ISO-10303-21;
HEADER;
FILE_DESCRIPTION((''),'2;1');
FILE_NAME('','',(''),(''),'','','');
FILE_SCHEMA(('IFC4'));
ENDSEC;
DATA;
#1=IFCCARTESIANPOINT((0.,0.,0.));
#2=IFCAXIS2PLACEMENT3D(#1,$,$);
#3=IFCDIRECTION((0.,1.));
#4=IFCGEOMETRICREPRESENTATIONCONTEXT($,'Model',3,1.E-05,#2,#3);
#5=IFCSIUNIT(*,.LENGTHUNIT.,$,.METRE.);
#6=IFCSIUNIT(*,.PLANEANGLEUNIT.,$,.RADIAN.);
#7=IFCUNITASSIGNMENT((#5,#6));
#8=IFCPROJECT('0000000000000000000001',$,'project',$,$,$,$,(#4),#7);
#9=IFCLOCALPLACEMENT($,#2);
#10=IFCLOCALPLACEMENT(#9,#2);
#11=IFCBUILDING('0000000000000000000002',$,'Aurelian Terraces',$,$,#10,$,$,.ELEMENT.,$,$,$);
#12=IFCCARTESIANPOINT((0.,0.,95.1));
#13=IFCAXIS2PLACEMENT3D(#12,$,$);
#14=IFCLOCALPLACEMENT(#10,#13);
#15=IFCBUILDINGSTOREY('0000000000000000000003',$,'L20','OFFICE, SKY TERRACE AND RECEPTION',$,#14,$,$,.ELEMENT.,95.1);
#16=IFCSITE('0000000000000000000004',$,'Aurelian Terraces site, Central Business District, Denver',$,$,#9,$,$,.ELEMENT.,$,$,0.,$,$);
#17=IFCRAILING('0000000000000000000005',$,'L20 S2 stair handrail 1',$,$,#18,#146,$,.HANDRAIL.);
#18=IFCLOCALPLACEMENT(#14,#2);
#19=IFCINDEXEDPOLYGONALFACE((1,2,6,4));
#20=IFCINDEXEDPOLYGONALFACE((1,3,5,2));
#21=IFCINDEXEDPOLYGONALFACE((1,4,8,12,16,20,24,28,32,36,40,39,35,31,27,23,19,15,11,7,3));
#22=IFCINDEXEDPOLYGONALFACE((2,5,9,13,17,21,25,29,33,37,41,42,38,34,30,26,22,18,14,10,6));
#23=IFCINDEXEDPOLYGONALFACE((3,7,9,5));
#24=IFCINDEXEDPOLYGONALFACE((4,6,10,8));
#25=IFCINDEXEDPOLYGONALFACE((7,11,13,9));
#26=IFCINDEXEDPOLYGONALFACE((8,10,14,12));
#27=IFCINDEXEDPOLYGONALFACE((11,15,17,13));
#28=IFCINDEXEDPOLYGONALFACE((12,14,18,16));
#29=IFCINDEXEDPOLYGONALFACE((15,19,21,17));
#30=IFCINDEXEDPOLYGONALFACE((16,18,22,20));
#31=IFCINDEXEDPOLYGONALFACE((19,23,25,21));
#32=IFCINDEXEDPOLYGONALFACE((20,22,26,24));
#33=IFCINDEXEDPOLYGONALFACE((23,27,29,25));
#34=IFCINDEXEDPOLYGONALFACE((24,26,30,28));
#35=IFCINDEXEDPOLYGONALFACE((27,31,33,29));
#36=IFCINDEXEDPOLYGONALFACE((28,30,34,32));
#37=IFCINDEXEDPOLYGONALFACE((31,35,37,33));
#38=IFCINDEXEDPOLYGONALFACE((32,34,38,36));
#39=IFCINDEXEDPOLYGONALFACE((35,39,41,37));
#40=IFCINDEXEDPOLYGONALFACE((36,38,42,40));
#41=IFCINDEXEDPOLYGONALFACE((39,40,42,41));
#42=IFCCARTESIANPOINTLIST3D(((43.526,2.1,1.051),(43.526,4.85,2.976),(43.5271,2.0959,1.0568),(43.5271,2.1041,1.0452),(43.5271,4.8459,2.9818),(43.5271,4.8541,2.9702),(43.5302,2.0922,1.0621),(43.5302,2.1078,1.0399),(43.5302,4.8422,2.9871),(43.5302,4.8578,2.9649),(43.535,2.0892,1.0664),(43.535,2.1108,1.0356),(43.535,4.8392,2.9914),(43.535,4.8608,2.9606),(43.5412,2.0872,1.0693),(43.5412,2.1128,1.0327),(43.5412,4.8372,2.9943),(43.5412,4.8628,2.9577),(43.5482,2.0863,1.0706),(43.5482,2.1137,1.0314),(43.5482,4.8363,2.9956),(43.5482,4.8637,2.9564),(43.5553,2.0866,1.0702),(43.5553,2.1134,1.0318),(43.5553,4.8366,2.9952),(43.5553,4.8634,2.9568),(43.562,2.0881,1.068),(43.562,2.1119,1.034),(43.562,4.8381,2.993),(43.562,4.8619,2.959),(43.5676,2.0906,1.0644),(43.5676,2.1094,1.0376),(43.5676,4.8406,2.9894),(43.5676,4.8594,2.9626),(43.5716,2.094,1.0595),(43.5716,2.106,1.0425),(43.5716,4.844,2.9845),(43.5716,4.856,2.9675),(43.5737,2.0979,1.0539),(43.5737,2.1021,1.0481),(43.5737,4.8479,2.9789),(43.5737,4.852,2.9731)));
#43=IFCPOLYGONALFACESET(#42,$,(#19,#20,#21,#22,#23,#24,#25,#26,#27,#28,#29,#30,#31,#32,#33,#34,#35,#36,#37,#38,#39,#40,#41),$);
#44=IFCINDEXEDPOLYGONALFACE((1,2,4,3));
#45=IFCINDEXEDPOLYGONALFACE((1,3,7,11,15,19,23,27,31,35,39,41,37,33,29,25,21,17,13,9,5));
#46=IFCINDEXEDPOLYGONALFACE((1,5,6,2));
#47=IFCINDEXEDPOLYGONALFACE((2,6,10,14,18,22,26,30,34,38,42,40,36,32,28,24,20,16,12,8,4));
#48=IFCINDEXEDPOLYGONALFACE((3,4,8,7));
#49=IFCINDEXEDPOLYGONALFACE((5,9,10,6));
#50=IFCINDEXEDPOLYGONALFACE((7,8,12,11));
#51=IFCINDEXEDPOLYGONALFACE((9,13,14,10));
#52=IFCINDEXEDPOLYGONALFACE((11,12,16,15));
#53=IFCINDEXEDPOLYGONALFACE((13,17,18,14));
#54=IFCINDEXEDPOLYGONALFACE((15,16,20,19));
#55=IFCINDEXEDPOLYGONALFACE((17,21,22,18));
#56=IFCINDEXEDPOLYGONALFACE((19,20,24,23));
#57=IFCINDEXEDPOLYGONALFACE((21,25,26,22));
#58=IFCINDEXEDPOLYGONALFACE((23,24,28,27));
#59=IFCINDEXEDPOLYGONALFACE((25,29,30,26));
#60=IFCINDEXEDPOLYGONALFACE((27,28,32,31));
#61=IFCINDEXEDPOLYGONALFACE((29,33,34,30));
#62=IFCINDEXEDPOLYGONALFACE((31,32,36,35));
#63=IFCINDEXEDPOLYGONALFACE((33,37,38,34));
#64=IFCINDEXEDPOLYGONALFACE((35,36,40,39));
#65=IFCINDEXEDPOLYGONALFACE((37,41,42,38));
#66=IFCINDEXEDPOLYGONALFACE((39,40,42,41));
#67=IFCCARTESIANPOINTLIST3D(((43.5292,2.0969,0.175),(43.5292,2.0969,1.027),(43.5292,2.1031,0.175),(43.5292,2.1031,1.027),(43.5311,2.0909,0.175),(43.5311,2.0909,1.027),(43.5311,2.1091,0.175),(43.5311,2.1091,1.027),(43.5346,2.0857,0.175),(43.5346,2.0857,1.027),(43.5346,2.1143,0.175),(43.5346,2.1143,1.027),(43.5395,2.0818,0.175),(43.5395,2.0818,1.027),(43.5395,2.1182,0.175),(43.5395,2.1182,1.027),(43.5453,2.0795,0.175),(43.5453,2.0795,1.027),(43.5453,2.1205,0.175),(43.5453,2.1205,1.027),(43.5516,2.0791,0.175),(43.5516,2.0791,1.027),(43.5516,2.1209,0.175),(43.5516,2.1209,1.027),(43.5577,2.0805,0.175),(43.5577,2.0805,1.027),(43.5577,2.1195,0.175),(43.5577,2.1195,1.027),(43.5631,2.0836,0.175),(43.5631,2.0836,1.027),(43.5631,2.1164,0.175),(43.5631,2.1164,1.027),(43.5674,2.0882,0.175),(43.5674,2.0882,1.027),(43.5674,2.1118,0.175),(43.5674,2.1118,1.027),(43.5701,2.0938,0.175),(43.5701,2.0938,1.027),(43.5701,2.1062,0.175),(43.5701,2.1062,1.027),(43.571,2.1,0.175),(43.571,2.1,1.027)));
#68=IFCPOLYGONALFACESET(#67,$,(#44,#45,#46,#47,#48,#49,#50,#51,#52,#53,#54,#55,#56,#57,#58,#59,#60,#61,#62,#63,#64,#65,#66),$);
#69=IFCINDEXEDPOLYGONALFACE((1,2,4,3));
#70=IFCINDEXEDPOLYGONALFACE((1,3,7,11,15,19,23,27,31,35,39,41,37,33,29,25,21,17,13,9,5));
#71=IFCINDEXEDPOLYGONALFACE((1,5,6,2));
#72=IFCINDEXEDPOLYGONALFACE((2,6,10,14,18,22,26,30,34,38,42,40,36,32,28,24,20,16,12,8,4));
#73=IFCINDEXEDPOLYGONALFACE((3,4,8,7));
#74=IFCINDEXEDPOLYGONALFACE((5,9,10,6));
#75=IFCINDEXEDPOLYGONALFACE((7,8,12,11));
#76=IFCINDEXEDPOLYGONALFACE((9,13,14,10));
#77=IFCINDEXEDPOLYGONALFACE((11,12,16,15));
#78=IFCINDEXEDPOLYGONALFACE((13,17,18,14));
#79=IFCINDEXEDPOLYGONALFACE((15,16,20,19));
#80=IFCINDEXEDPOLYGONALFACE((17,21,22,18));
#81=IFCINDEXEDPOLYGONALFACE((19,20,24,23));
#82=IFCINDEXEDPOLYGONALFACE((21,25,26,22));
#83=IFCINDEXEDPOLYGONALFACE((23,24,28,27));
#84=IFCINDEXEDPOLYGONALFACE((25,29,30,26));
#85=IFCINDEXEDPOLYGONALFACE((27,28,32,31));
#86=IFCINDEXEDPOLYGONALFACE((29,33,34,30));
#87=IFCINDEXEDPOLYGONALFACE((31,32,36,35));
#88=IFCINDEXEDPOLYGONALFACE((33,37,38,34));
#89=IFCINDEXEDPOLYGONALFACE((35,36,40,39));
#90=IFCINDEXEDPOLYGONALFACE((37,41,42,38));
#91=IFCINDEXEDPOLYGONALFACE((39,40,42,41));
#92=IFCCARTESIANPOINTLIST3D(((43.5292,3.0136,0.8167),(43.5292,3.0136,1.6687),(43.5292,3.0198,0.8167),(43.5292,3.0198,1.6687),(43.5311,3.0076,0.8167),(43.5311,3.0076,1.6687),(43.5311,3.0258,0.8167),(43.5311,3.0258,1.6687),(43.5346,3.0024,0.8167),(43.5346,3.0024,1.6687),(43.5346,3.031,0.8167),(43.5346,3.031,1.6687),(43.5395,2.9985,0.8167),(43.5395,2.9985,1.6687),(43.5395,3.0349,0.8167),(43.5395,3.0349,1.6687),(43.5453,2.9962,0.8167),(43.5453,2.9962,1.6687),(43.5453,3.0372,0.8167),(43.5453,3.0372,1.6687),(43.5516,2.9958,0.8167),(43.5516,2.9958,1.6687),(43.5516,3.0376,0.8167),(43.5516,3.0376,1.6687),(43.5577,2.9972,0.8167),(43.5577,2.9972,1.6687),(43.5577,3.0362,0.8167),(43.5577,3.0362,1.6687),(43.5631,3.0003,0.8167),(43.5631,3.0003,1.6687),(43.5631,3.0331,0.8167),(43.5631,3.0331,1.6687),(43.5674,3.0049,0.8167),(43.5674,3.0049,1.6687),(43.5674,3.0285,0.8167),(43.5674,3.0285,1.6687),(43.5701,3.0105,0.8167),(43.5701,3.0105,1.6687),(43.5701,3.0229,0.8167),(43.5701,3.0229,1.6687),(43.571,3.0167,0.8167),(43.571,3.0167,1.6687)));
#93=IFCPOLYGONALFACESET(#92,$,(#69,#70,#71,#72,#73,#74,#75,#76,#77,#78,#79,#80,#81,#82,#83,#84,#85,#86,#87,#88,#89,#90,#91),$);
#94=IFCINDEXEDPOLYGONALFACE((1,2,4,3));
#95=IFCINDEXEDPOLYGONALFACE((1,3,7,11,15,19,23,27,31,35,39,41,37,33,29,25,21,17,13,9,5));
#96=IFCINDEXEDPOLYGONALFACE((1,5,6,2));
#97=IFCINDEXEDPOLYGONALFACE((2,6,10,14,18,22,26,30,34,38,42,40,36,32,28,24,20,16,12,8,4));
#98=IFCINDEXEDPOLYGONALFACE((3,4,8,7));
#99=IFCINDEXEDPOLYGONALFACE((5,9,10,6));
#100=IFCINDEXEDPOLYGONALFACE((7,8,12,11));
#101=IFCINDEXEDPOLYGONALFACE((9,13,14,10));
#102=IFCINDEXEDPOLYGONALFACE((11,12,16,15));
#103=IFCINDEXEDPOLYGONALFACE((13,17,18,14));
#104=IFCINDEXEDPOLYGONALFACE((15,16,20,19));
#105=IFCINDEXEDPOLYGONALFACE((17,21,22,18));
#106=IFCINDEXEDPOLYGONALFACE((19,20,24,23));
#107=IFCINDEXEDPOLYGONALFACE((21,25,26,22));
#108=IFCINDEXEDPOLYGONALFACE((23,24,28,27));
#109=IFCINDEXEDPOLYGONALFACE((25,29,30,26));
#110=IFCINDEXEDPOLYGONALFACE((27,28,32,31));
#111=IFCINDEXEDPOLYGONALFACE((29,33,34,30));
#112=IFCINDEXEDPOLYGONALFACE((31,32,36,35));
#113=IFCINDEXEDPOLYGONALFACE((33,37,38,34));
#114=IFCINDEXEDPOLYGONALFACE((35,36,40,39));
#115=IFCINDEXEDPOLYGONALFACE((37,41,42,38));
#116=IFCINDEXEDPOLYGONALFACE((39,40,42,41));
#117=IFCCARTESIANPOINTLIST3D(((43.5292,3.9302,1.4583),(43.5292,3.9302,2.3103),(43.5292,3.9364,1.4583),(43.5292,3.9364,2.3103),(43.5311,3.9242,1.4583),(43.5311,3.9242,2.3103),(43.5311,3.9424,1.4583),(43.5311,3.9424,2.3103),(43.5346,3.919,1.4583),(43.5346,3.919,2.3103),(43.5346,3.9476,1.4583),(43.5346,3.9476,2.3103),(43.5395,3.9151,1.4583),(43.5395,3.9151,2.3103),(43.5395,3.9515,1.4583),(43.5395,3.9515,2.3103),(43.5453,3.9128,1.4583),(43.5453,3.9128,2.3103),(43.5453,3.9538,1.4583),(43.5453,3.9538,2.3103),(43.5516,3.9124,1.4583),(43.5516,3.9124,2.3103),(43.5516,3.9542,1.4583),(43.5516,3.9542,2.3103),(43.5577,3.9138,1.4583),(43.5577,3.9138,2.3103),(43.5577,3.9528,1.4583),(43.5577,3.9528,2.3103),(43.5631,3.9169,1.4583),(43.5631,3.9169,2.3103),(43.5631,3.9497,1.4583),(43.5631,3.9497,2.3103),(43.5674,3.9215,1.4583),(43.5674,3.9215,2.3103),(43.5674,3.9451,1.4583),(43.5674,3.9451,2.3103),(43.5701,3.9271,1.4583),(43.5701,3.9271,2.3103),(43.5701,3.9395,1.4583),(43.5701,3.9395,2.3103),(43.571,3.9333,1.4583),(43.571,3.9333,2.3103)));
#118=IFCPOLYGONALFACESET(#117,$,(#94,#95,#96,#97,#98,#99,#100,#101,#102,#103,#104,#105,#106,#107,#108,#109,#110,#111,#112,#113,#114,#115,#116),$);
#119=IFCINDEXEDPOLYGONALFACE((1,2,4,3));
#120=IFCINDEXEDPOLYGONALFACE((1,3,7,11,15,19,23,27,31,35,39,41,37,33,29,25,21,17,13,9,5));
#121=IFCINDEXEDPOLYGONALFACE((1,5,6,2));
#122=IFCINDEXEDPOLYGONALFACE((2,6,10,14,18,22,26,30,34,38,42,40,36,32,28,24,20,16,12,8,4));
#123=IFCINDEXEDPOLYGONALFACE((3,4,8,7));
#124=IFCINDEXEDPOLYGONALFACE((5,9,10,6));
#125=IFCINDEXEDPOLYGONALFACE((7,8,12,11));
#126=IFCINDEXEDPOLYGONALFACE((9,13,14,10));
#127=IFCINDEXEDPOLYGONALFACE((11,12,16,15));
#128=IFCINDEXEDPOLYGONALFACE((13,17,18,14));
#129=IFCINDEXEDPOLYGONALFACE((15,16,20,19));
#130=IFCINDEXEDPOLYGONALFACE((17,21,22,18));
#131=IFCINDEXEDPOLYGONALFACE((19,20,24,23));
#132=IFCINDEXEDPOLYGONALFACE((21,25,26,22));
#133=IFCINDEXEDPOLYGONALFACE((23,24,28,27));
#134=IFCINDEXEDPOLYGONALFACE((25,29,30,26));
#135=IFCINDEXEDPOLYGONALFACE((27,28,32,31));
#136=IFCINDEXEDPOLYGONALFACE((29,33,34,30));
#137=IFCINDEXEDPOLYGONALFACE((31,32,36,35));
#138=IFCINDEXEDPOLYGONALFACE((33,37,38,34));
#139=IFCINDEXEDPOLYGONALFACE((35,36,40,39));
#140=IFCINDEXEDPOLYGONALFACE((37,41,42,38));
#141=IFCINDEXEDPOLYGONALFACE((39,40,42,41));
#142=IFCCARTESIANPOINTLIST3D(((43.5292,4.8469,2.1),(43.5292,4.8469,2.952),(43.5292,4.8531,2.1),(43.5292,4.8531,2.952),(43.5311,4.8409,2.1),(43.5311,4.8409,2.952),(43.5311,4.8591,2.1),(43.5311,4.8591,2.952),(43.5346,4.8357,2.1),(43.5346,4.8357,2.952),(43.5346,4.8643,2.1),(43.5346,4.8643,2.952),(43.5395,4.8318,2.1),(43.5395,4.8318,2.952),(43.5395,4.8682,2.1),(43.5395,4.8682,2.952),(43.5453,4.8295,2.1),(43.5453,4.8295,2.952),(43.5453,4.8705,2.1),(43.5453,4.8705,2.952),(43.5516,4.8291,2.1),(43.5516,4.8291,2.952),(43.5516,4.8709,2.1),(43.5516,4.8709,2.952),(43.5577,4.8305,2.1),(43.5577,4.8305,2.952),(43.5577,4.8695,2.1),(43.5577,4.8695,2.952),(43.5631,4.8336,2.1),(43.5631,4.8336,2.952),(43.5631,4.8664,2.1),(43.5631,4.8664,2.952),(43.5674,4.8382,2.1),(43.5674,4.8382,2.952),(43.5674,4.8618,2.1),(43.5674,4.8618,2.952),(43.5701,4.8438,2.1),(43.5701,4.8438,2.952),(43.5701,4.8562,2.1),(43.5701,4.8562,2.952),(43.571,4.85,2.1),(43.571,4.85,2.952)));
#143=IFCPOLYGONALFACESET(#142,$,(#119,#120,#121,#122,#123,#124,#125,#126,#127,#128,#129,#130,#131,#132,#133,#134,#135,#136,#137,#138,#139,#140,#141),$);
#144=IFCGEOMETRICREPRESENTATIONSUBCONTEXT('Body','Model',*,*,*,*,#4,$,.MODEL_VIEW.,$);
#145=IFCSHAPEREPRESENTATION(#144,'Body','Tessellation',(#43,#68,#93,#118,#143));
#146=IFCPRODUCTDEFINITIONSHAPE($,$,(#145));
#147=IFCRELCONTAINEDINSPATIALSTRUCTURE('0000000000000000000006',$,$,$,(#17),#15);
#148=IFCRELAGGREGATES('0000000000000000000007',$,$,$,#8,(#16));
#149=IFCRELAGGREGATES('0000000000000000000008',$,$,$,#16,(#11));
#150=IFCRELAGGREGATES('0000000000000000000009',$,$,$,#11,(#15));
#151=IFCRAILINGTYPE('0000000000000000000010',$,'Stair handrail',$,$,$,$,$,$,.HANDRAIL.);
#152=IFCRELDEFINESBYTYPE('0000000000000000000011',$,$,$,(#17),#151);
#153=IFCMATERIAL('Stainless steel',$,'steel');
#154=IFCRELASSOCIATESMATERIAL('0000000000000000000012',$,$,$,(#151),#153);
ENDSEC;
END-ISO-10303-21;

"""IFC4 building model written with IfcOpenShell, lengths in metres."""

from ifc_helpers import new_model, si_unit, direction, frame, origin, origin_2d, place, context, subcontext, project, spatial, circle, extrude, source, transform, mapped, material, type_object, element, save


model = new_model("IFC4")

# Units and contexts
model_context = context("Model", 3, precision=1e-05, world=origin(), true_north=direction((0.0, 1.0)))
body_context = subcontext(model_context, "Body", "Model", "MODEL_VIEW")
ifc_project = project(units=[si_unit("LENGTHUNIT", "METRE"), si_unit("PLANEANGLEUNIT", "RADIAN")], contexts=[model_context])

# Site, building, storey
site_placement = place(None, origin())
site = spatial("IfcSite", under=ifc_project, at=site_placement, Name="Aurelian Terraces site, Central Business District, Denver", CompositionType="ELEMENT", RefElevation=0.0)
building_placement = place(site_placement, origin())
building = spatial("IfcBuilding", under=site, at=building_placement, Name="Aurelian Terraces", CompositionType="ELEMENT")
storey_placement = place(building_placement, frame((0.0, 0.0, 95.1)))
storey = spatial("IfcBuildingStorey", under=building, at=storey_placement, Name="L20", Description="OFFICE, SKY TERRACE AND RECEPTION", CompositionType="ELEMENT", Elevation=95.1)

# Railing
ifc_material_1 = material(Name="Stainless steel", Category="steel")
railing_type_1 = type_object("IfcRailingType", Name="Stair handrail", PredefinedType="HANDRAIL", material=ifc_material_1)
shared_shape_1 = source(origin(), body_context, "Body", "SweptSolid", [
    extrude(circle(Radius=0.024, at=origin_2d()), frame((0.0, 0.0, 0.876), z_axis=(0.0, 0.819232, 0.573462), x_axis=(-1.0, 0.0, 0.0)), (0.0, 0.0, 1.0), 3.3568),
    extrude(circle(Radius=0.021, at=origin_2d()), origin(), (0.0, 0.0, 1.0), 0.852),
    extrude(circle(Radius=0.021, at=origin_2d()), frame((0.0, 0.9167, 0.6417)), (0.0, 0.0, 1.0), 0.852),
    extrude(circle(Radius=0.021, at=origin_2d()), frame((0.0, 1.8333, 1.2833)), (0.0, 0.0, 1.0), 0.852),
    extrude(circle(Radius=0.021, at=origin_2d()), frame((0.0, 2.75, 1.925)), (0.0, 0.0, 1.0), 0.852),
])
railing_1_placement = place(storey_placement, frame((43.55, 2.1, 0.175)))
element("IfcRailing", 1, at=railing_1_placement, inside=storey, type_object=railing_type_1, Name="L20 S2 stair handrail 1", PredefinedType="HANDRAIL", context=body_context, shape_type="MappedRepresentation", body=[
    mapped(shared_shape_1, transform((0.0, 0.0, 0.0), scale=1.0)),
])

save(model, "model.ifc")
